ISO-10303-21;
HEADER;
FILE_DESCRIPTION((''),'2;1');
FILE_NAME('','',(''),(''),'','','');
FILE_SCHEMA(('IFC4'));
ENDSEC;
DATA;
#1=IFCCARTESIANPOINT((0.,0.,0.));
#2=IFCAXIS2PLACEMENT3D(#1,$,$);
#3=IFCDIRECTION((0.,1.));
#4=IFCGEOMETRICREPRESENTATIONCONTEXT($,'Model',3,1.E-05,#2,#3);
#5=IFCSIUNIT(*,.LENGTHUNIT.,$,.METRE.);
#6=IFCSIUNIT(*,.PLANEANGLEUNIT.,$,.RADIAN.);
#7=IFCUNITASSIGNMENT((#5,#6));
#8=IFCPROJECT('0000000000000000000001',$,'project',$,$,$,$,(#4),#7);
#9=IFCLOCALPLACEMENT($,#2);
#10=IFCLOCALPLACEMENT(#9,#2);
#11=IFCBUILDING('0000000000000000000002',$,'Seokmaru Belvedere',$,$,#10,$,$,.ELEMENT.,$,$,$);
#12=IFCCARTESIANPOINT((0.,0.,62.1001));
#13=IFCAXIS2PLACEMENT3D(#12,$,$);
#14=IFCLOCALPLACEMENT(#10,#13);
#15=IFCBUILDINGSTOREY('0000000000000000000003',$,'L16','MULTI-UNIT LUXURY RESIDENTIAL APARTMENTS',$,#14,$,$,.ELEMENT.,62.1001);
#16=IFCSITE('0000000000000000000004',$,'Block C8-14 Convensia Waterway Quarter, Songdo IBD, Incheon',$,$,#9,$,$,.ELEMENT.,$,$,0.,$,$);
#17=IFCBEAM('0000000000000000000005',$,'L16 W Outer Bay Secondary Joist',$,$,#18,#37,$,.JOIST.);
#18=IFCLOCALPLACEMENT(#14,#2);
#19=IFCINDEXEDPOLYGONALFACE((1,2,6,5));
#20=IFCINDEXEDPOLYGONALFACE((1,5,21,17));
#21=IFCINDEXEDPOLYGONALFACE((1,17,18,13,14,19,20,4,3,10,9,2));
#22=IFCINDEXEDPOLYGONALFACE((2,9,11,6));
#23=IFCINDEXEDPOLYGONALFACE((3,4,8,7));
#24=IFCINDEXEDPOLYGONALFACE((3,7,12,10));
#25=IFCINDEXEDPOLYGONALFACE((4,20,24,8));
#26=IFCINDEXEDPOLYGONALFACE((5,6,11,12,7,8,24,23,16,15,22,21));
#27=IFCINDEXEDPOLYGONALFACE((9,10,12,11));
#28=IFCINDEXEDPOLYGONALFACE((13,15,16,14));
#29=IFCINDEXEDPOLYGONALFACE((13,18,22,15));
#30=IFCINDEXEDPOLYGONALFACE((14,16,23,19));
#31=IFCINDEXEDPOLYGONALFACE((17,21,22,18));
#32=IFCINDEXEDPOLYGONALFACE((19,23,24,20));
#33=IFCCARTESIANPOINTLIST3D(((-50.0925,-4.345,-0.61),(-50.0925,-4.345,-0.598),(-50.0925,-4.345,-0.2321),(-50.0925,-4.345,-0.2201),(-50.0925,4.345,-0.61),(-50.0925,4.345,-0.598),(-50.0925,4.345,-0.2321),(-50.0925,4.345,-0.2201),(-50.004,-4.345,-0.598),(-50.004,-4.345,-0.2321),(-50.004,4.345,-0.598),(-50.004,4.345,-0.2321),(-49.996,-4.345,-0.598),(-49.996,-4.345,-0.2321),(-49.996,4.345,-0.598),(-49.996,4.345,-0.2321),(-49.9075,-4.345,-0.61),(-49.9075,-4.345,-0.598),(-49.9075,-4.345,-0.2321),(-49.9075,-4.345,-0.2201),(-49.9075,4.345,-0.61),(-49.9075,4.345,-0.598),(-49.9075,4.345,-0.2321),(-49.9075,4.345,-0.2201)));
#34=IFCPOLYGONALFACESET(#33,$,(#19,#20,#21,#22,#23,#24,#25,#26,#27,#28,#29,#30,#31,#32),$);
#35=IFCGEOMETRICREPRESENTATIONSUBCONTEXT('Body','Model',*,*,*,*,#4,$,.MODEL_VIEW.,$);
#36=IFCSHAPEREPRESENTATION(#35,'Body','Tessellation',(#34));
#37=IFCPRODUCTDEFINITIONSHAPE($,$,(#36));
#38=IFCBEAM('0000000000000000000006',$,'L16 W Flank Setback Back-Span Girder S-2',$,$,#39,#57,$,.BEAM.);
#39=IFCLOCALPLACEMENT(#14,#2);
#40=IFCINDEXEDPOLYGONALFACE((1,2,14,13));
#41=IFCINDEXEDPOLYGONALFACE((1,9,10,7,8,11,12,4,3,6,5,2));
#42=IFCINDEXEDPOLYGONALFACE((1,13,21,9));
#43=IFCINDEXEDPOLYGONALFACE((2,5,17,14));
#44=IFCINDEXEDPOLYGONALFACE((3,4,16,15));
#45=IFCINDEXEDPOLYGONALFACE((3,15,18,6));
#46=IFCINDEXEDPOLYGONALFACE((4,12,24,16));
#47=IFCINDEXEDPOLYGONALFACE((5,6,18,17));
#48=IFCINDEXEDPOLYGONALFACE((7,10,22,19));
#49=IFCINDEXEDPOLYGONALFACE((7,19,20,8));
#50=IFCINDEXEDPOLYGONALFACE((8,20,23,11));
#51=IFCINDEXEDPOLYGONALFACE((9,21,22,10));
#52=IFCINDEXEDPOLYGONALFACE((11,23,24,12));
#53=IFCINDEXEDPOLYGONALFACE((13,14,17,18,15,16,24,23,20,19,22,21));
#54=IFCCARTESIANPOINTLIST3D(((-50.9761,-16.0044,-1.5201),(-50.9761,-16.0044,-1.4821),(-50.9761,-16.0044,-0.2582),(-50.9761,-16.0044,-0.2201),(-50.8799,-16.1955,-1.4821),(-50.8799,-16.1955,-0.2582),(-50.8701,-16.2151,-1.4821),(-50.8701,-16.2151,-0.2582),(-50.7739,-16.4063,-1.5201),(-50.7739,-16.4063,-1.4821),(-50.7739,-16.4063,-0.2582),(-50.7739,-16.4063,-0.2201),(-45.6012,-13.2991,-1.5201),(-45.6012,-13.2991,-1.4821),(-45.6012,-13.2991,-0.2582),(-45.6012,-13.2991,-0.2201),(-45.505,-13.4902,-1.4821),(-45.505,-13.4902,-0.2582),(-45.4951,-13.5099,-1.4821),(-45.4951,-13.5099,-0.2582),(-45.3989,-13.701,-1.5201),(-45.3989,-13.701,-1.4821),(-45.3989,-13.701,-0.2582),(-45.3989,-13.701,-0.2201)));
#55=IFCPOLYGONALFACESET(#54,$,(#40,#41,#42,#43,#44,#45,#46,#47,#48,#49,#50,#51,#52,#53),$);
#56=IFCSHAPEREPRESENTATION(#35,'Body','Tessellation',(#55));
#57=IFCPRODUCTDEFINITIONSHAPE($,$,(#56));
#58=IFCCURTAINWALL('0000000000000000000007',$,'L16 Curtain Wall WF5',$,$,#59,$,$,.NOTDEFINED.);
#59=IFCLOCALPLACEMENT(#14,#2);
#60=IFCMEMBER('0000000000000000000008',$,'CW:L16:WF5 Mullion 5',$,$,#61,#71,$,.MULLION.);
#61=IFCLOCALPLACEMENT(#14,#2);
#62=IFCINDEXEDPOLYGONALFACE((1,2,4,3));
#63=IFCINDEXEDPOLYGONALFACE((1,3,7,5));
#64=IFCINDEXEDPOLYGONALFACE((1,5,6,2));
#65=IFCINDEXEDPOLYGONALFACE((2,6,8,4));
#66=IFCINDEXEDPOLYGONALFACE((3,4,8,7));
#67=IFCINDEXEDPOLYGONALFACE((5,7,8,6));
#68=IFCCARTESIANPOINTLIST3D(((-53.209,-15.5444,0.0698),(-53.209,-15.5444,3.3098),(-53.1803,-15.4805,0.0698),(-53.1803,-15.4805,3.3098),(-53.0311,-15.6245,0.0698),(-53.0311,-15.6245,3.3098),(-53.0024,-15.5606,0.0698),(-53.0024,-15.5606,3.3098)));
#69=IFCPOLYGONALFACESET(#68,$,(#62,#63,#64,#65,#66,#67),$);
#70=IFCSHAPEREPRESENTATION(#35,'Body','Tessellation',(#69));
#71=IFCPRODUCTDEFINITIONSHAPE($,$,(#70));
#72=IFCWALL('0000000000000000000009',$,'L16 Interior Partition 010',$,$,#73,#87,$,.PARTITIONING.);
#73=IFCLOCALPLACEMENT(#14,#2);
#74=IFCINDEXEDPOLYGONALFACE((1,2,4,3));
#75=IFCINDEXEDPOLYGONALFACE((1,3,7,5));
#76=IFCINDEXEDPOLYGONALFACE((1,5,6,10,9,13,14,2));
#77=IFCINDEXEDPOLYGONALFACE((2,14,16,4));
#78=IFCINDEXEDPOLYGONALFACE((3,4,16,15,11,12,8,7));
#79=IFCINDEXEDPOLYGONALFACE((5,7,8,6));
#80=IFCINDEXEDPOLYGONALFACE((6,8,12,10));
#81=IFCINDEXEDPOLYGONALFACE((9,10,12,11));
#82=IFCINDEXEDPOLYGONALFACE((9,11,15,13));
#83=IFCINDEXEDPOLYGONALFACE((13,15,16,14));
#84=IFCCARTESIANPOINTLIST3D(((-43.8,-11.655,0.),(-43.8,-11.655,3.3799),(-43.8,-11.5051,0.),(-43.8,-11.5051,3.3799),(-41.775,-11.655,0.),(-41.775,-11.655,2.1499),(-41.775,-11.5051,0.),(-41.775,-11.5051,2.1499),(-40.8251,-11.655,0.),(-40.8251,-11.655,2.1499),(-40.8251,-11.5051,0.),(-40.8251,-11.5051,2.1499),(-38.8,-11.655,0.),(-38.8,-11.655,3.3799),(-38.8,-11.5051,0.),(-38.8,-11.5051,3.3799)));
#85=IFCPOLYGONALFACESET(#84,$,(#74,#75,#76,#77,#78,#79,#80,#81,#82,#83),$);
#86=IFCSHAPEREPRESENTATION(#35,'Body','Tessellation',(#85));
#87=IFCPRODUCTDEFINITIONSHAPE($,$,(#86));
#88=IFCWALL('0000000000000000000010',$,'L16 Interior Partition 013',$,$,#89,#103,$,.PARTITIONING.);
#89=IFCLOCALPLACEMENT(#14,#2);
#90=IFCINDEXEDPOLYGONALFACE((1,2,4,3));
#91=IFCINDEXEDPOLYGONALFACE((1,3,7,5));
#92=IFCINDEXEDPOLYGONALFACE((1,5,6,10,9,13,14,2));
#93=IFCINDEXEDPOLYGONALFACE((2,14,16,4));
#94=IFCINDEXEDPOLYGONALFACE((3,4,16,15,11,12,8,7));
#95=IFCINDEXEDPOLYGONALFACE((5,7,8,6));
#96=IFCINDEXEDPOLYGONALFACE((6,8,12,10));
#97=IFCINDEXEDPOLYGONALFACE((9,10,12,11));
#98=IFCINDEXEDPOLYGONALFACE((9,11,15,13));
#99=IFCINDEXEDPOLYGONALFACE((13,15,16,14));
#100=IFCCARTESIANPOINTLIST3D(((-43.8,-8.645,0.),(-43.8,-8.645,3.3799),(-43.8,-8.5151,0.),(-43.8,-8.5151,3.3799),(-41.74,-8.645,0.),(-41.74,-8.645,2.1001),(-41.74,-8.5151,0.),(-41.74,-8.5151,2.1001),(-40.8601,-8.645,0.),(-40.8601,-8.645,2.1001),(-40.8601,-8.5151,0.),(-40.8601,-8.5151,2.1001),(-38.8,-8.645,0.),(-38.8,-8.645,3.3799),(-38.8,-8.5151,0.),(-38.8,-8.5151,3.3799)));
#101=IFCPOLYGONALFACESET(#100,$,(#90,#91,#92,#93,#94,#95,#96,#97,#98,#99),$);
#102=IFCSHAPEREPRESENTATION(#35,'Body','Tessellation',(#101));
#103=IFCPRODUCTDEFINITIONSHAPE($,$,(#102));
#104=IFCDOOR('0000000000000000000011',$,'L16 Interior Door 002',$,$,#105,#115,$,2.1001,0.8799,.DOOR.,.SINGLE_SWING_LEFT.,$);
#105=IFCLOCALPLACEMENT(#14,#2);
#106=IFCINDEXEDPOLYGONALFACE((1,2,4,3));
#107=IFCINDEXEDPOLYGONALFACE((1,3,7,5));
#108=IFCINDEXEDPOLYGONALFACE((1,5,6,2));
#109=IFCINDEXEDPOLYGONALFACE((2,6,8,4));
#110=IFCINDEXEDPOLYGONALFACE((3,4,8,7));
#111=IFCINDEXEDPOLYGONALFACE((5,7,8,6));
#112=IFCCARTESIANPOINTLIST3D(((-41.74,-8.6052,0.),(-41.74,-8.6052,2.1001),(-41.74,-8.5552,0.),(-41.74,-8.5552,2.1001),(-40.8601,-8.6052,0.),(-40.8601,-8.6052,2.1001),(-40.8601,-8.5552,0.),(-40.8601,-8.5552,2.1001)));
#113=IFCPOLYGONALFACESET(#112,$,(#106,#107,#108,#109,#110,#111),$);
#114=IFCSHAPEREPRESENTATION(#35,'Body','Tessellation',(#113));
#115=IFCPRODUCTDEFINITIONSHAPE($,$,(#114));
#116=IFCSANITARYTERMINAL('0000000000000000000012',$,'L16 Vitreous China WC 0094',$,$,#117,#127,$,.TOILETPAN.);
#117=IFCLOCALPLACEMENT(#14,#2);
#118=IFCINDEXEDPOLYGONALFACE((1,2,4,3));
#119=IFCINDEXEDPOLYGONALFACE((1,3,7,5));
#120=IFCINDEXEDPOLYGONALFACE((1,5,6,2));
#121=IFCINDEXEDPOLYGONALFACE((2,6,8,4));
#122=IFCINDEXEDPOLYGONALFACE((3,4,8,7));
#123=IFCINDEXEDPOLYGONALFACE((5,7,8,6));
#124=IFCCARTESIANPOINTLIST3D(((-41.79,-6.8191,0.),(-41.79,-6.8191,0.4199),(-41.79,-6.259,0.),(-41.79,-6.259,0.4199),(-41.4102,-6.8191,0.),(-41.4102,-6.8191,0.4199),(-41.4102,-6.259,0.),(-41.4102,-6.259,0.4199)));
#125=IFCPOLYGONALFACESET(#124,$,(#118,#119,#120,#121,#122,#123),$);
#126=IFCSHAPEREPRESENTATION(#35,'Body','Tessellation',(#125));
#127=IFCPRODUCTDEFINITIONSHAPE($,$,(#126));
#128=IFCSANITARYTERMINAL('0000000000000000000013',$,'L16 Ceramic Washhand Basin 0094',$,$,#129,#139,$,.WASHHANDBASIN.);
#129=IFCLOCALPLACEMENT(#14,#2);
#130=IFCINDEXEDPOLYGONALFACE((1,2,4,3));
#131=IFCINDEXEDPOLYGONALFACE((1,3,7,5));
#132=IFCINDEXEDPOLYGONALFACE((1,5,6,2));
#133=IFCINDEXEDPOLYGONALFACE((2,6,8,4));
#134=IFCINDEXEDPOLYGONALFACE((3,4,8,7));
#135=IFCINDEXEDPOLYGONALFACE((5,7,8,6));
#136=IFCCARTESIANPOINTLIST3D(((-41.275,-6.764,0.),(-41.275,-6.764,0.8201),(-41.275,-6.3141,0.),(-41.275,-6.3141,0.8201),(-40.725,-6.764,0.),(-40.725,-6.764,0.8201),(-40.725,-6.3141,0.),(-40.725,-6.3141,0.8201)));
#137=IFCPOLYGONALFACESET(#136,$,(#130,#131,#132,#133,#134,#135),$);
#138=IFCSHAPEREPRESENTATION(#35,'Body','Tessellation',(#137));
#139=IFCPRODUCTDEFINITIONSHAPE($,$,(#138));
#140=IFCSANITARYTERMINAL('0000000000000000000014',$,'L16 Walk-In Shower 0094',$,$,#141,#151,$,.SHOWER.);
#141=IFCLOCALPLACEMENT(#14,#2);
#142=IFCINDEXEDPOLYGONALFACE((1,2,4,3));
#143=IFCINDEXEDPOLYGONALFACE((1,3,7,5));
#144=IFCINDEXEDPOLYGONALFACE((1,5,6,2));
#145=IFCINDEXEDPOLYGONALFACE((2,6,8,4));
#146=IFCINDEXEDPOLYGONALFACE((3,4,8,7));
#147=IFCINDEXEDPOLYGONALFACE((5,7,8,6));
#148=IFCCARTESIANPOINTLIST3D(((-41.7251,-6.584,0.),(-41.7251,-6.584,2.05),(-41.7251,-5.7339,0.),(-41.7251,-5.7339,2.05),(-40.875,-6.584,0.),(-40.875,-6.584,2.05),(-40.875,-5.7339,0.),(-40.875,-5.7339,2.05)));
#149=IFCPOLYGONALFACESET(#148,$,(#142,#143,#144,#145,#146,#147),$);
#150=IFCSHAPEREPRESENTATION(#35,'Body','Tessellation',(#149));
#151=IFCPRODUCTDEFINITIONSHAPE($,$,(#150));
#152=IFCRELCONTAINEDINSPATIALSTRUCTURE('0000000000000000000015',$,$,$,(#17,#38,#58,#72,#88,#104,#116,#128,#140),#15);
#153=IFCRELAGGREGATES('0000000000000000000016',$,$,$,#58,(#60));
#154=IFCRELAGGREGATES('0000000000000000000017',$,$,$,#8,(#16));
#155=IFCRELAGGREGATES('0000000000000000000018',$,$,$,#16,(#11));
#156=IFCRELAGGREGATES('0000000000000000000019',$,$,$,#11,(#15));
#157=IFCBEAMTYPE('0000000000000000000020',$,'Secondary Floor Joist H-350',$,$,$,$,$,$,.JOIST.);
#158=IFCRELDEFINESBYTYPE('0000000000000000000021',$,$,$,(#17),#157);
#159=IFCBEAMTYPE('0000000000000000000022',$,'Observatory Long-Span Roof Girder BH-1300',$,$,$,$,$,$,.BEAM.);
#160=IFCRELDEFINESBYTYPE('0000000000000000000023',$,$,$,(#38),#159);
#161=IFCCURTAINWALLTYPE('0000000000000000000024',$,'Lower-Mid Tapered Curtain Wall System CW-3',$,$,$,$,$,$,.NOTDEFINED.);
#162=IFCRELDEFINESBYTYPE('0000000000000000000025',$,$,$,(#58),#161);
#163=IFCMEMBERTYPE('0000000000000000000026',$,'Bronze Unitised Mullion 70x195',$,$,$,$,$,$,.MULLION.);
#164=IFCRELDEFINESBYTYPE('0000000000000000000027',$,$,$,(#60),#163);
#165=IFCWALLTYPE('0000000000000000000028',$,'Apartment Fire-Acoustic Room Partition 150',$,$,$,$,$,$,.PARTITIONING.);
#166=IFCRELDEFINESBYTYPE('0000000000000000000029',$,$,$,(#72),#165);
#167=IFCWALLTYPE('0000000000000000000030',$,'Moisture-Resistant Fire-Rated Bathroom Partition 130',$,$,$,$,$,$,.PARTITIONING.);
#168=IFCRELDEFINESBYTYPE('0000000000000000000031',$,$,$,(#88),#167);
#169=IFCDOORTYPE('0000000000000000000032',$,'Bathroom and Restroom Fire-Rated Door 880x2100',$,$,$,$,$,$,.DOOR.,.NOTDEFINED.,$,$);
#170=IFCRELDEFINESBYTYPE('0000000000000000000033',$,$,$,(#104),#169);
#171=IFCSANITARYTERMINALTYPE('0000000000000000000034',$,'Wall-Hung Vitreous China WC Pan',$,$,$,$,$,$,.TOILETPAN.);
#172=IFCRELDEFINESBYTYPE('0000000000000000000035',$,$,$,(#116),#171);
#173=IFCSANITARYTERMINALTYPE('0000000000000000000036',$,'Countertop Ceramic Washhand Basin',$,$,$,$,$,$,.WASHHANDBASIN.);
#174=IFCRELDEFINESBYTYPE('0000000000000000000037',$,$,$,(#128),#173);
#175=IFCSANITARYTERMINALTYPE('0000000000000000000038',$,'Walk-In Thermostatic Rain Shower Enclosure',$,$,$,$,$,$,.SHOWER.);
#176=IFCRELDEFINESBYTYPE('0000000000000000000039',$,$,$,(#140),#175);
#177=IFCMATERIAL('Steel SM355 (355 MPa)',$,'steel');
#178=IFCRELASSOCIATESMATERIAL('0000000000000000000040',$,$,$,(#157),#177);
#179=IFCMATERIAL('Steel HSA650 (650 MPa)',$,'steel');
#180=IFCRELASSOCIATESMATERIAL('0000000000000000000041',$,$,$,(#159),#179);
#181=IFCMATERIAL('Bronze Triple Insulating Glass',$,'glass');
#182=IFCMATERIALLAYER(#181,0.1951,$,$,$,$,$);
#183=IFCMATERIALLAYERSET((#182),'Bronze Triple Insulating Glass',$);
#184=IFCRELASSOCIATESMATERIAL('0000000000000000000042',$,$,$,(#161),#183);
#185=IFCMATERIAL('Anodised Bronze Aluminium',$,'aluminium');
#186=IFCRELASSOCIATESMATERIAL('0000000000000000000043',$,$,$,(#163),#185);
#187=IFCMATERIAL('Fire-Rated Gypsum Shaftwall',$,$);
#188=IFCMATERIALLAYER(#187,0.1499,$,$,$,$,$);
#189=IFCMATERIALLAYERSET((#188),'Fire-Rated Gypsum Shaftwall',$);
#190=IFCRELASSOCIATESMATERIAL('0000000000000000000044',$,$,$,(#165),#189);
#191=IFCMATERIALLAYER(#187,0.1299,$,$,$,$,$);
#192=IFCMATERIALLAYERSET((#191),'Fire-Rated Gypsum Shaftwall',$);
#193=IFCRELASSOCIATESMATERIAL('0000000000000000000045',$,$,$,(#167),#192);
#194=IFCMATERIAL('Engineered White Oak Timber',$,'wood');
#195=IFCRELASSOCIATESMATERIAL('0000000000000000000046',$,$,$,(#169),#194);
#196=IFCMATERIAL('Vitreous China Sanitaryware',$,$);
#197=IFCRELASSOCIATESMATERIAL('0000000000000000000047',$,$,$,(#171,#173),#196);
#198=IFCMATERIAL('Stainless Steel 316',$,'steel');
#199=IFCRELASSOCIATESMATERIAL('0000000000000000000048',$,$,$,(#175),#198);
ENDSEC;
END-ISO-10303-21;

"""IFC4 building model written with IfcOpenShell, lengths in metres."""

from ifc_helpers import new_model, si_unit, direction, frame, frame_2d, origin, origin_2d, place, context, subcontext, project, spatial, rectangle, i_section, extrude, source, transform, mapped, material, layer, layer_set, material_profile, profile_set, type_object, type_shapes, element, fill, aggregate, save


model = new_model("IFC4")

# Units and contexts
model_context = context("Model", 3, precision=1e-05, world=origin(), true_north=direction((0.0, 1.0)))
body_context = subcontext(model_context, "Body", "Model", "MODEL_VIEW")
ifc_project = project(units=[si_unit("LENGTHUNIT", "METRE"), si_unit("PLANEANGLEUNIT", "RADIAN")], contexts=[model_context])

# Site, building, storey
site_placement = place(None, origin())
site = spatial("IfcSite", under=ifc_project, at=site_placement, Name="Block C8-14 Convensia Waterway Quarter, Songdo IBD, Incheon", CompositionType="ELEMENT", RefElevation=0.0)
building_placement = place(site_placement, origin())
building = spatial("IfcBuilding", under=site, at=building_placement, Name="Seokmaru Belvedere", CompositionType="ELEMENT")
storey_placement = place(building_placement, frame((0.0, 0.0, 62.1001)))
storey = spatial("IfcBuildingStorey", under=building, at=storey_placement, Name="L16", Description="MULTI-UNIT LUXURY RESIDENTIAL APARTMENTS", CompositionType="ELEMENT", Elevation=62.1001)

# Shared definitions
ifc_material_1 = material(Name="Steel SM355 (355 MPa)", Category="steel")

# Beams
ifc_material_profile_1 = material_profile(ifc_material_1, i_section(OverallWidth=0.1851, OverallDepth=0.3899, WebThickness=0.0081, FlangeThickness=0.012, at=origin_2d()), Name="H-390x185x8x12")
ifc_profile_set_1 = profile_set([ifc_material_profile_1], Name="Steel SM355 (355 MPa)")
beam_type_1 = type_object("IfcBeamType", Name="Secondary Floor Joist H-350", PredefinedType="JOIST", material=ifc_profile_set_1)
shared_shape_1 = source(origin(), body_context, "Body", "SweptSolid", [
    extrude(i_section(OverallWidth=0.1851, OverallDepth=0.3899, WebThickness=0.0081, FlangeThickness=0.012, at=origin_2d()), origin(), (0.0, 0.0, 1.0), 8.6899),
])
type_shapes(beam_type_1, [shared_shape_1])
for number, where, z_axis, x_axis, name in (
    (1, (-50.0, -4.345, -0.415), (0.0, 1.0, 0.0), (-1.0, 0.0, 0.0), "L16 W Outer Bay Secondary Joist"),
):
    element("IfcBeam", number, at=place(storey_placement, frame(where, z_axis=z_axis, x_axis=x_axis)), inside=storey, type_object=beam_type_1, Name=name, PredefinedType="JOIST", context=body_context, shape_type="MappedRepresentation", body=[
        mapped(shared_shape_1, transform((0.0, 0.0, 0.0), scale=1.0)),
    ])
ifc_material_2 = material(Name="Steel HSA650 (650 MPa)", Category="steel")
ifc_material_profile_2 = material_profile(ifc_material_2, i_section(OverallWidth=0.45, OverallDepth=1.3, WebThickness=0.022, FlangeThickness=0.0381, at=origin_2d()), Name="BH-1300x450x22x38")
ifc_profile_set_2 = profile_set([ifc_material_profile_2], Name="Steel HSA650 (650 MPa)")
beam_type_2 = type_object("IfcBeamType", Name="Observatory Long-Span Roof Girder BH-1300", PredefinedType="BEAM", material=ifc_profile_set_2)
shared_shape_2 = source(origin(), body_context, "Body", "SweptSolid", [
    extrude(i_section(OverallWidth=0.45, OverallDepth=1.3, WebThickness=0.022, FlangeThickness=0.0381, at=origin_2d()), origin(), (0.0, 0.0, 1.0), 6.0173),
])
type_shapes(beam_type_2, [shared_shape_2])
beam_placement = place(storey_placement, frame((-50.875, -16.2053, -0.8701), z_axis=(0.893239, 0.449581, 0.0), x_axis=(-0.449581, 0.893239, 0.0)))
element("IfcBeam", 2, at=beam_placement, inside=storey, type_object=beam_type_2, Name="L16 W Flank Setback Back-Span Girder S-2", PredefinedType="BEAM", context=body_context, shape_type="MappedRepresentation", body=[
    mapped(shared_shape_2, transform((0.0, 0.0, 0.0), scale=1.0)),
])

# Curtain wall, member
ifc_material_3 = material(Name="Bronze Triple Insulating Glass", Category="glass")
ifc_layer_1 = layer(ifc_material_3, 0.1951)
ifc_layer_set_1 = layer_set([ifc_layer_1], Name="Bronze Triple Insulating Glass")
curtain_wall_type = type_object("IfcCurtainWallType", Name="Lower-Mid Tapered Curtain Wall System CW-3", PredefinedType="NOTDEFINED", material=ifc_layer_set_1)
curtain_wall_placement = place(storey_placement, origin())
curtain_wall = element("IfcCurtainWall", 3, at=curtain_wall_placement, inside=storey, type_object=curtain_wall_type, Name="L16 Curtain Wall WF5", PredefinedType="NOTDEFINED")
ifc_material_4 = material(Name="Anodised Bronze Aluminium", Category="aluminium")
ifc_material_profile_3 = material_profile(ifc_material_4, rectangle(XDim=0.0701, YDim=0.1951, at=origin_2d()), Name="CW-M-70x195")
ifc_profile_set_3 = profile_set([ifc_material_profile_3], Name="Anodised Bronze Aluminium")
member_type = type_object("IfcMemberType", Name="Bronze Unitised Mullion 70x195", PredefinedType="MULLION", material=ifc_profile_set_3)
shared_shape_3 = source(origin(), body_context, "Body", "SweptSolid", [
    extrude(rectangle(XDim=0.0701, YDim=0.1951, at=origin_2d()), origin(), (0.0, 0.0, 1.0), 3.24),
])
type_shapes(member_type, [shared_shape_3])
member_placement = place(storey_placement, frame((-53.1057, -15.5525, 0.0698), z_axis=(0.0, 0.0, 1.0), x_axis=(0.410366, 0.911921, 0.0)))
member = element("IfcMember", 4, at=member_placement, type_object=member_type, Name="CW:L16:WF5 Mullion 5", PredefinedType="MULLION", context=body_context, shape_type="MappedRepresentation", body=[
    mapped(shared_shape_3, transform((0.0, 0.0, 0.0), scale=1.0)),
])
aggregate(curtain_wall, [member])

# Wall, opening
ifc_material_5 = material(Name="Fire-Rated Gypsum Shaftwall")
ifc_layer_2 = layer(ifc_material_5, 0.1499)
ifc_layer_set_2 = layer_set([ifc_layer_2], Name="Fire-Rated Gypsum Shaftwall")
wall_type_1 = type_object("IfcWallType", Name="Apartment Fire-Acoustic Room Partition 150", PredefinedType="PARTITIONING", material=ifc_layer_set_2)
wall_1_placement = place(storey_placement, frame((-43.8, -11.5801, 0.0), z_axis=(0.0, 0.0, 1.0), x_axis=(1.0, 0.0, 0.0)))
wall_1 = element("IfcWall", 5, at=wall_1_placement, inside=storey, type_object=wall_type_1, Name="L16 Interior Partition 010", PredefinedType="PARTITIONING", context=body_context, shape_type="SweptSolid", body=[
    extrude(rectangle(XDim=5.0, YDim=0.1499, at=frame_2d((2.5, 0.0))), origin(), (0.0, 0.0, 1.0), 3.3799),
])
opening_1_placement = place(wall_1_placement, frame((2.0249, 0.0, 0.0)))
element("IfcOpeningElement", 6, at=opening_1_placement, cuts=wall_1, PredefinedType="OPENING", context=body_context, shape_type="SweptSolid", body=[
    extrude(rectangle(XDim=0.95, YDim=2.1499, at=frame_2d((0.4751, 1.075))), frame((0.0, 0.085, 0.0), z_axis=(0.0, -1.0, 0.0), x_axis=(1.0, 0.0, 0.0)), (0.0, 0.0, 1.0), 0.1699),
])

# Wall, opening, door
ifc_layer_3 = layer(ifc_material_5, 0.1299)
ifc_layer_set_3 = layer_set([ifc_layer_3], Name="Fire-Rated Gypsum Shaftwall")
wall_type_2 = type_object("IfcWallType", Name="Moisture-Resistant Fire-Rated Bathroom Partition 130", PredefinedType="PARTITIONING", material=ifc_layer_set_3)
wall_2_placement = place(storey_placement, frame((-43.8, -8.5801, 0.0), z_axis=(0.0, 0.0, 1.0), x_axis=(1.0, 0.0, 0.0)))
wall_2 = element("IfcWall", 7, at=wall_2_placement, inside=storey, type_object=wall_type_2, Name="L16 Interior Partition 013", PredefinedType="PARTITIONING", context=body_context, shape_type="SweptSolid", body=[
    extrude(rectangle(XDim=5.0, YDim=0.1299, at=frame_2d((2.5, 0.0))), origin(), (0.0, 0.0, 1.0), 3.3799),
])
opening_2_placement = place(wall_2_placement, frame((2.0601, 0.0, 0.0)))
opening_2 = element("IfcOpeningElement", 8, at=opening_2_placement, cuts=wall_2, PredefinedType="OPENING", context=body_context, shape_type="SweptSolid", body=[
    extrude(rectangle(XDim=0.8799, YDim=2.1001, at=frame_2d((0.4399, 1.05))), frame((0.0, 0.075, 0.0), z_axis=(0.0, -1.0, 0.0), x_axis=(1.0, 0.0, 0.0)), (0.0, 0.0, 1.0), 0.1499),
])
ifc_material_6 = material(Name="Engineered White Oak Timber", Category="wood")
door_type = type_object("IfcDoorType", Name="Bathroom and Restroom Fire-Rated Door 880x2100", OperationType="NOTDEFINED", PredefinedType="DOOR", material=ifc_material_6)
shared_shape_4 = source(origin(), body_context, "Body", "SweptSolid", [
    extrude(rectangle(XDim=0.8799, YDim=2.1001, at=frame_2d((0.4399, 1.05))), frame((0.0, 0.0249, 0.0), z_axis=(0.0, -1.0, 0.0), x_axis=(1.0, 0.0, 0.0)), (0.0, 0.0, 1.0), 0.05),
])
type_shapes(door_type, [shared_shape_4])
door_placement = place(opening_2_placement, origin())
door = element("IfcDoor", 9, at=door_placement, inside=storey, type_object=door_type, Name="L16 Interior Door 002", OperationType="SINGLE_SWING_LEFT", OverallHeight=2.1001, OverallWidth=0.8799, PredefinedType="DOOR", context=body_context, shape_type="MappedRepresentation", body=[
    mapped(shared_shape_4, transform((0.0, 0.0, 0.0), scale=1.0)),
])
fill(opening_2, door)

# Sanitary terminals
ifc_material_7 = material(Name="Vitreous China Sanitaryware")
sanitary_terminal_type_1 = type_object("IfcSanitaryTerminalType", Name="Wall-Hung Vitreous China WC Pan", PredefinedType="TOILETPAN", material=ifc_material_7)
shared_shape_5 = source(origin(), body_context, "Body", "SweptSolid", [
    extrude(rectangle(XDim=0.3799, YDim=0.5601, at=origin_2d()), origin(), (0.0, 0.0, 1.0), 0.4199),
])
type_shapes(sanitary_terminal_type_1, [shared_shape_5])
sanitary_terminal_1_placement = place(storey_placement, frame((-41.6001, -6.5391, 0.0), z_axis=(0.0, 0.0, 1.0), x_axis=(1.0, 0.0, 0.0)))
element("IfcSanitaryTerminal", 10, at=sanitary_terminal_1_placement, inside=storey, type_object=sanitary_terminal_type_1, Name="L16 Vitreous China WC 0094", PredefinedType="TOILETPAN", context=body_context, shape_type="MappedRepresentation", body=[
    mapped(shared_shape_5, transform((0.0, 0.0, 0.0), scale=1.0)),
])
sanitary_terminal_type_2 = type_object("IfcSanitaryTerminalType", Name="Countertop Ceramic Washhand Basin", PredefinedType="WASHHANDBASIN", material=ifc_material_7)
shared_shape_6 = source(origin(), body_context, "Body", "SweptSolid", [
    extrude(rectangle(XDim=0.55, YDim=0.45, at=origin_2d()), origin(), (0.0, 0.0, 1.0), 0.8201),
])
type_shapes(sanitary_terminal_type_2, [shared_shape_6])
sanitary_terminal_2_placement = place(storey_placement, frame((-41.0, -6.5391, 0.0), z_axis=(0.0, 0.0, 1.0), x_axis=(1.0, 0.0, 0.0)))
element("IfcSanitaryTerminal", 11, at=sanitary_terminal_2_placement, inside=storey, type_object=sanitary_terminal_type_2, Name="L16 Ceramic Washhand Basin 0094", PredefinedType="WASHHANDBASIN", context=body_context, shape_type="MappedRepresentation", body=[
    mapped(shared_shape_6, transform((0.0, 0.0, 0.0), scale=1.0)),
])
ifc_material_8 = material(Name="Stainless Steel 316", Category="steel")
sanitary_terminal_type_3 = type_object("IfcSanitaryTerminalType", Name="Walk-In Thermostatic Rain Shower Enclosure", PredefinedType="SHOWER", material=ifc_material_8)
shared_shape_7 = source(origin(), body_context, "Body", "SweptSolid", [
    extrude(rectangle(XDim=0.8501, YDim=0.8501, at=origin_2d()), origin(), (0.0, 0.0, 1.0), 2.05),
])
type_shapes(sanitary_terminal_type_3, [shared_shape_7])
sanitary_terminal_3_placement = place(storey_placement, frame((-41.3, -6.1589, 0.0), z_axis=(0.0, 0.0, 1.0), x_axis=(1.0, 0.0, 0.0)))
element("IfcSanitaryTerminal", 12, at=sanitary_terminal_3_placement, inside=storey, type_object=sanitary_terminal_type_3, Name="L16 Walk-In Shower 0094", PredefinedType="SHOWER", context=body_context, shape_type="MappedRepresentation", body=[
    mapped(shared_shape_7, transform((0.0, 0.0, 0.0), scale=1.0)),
])

save(model, "model.ifc")
